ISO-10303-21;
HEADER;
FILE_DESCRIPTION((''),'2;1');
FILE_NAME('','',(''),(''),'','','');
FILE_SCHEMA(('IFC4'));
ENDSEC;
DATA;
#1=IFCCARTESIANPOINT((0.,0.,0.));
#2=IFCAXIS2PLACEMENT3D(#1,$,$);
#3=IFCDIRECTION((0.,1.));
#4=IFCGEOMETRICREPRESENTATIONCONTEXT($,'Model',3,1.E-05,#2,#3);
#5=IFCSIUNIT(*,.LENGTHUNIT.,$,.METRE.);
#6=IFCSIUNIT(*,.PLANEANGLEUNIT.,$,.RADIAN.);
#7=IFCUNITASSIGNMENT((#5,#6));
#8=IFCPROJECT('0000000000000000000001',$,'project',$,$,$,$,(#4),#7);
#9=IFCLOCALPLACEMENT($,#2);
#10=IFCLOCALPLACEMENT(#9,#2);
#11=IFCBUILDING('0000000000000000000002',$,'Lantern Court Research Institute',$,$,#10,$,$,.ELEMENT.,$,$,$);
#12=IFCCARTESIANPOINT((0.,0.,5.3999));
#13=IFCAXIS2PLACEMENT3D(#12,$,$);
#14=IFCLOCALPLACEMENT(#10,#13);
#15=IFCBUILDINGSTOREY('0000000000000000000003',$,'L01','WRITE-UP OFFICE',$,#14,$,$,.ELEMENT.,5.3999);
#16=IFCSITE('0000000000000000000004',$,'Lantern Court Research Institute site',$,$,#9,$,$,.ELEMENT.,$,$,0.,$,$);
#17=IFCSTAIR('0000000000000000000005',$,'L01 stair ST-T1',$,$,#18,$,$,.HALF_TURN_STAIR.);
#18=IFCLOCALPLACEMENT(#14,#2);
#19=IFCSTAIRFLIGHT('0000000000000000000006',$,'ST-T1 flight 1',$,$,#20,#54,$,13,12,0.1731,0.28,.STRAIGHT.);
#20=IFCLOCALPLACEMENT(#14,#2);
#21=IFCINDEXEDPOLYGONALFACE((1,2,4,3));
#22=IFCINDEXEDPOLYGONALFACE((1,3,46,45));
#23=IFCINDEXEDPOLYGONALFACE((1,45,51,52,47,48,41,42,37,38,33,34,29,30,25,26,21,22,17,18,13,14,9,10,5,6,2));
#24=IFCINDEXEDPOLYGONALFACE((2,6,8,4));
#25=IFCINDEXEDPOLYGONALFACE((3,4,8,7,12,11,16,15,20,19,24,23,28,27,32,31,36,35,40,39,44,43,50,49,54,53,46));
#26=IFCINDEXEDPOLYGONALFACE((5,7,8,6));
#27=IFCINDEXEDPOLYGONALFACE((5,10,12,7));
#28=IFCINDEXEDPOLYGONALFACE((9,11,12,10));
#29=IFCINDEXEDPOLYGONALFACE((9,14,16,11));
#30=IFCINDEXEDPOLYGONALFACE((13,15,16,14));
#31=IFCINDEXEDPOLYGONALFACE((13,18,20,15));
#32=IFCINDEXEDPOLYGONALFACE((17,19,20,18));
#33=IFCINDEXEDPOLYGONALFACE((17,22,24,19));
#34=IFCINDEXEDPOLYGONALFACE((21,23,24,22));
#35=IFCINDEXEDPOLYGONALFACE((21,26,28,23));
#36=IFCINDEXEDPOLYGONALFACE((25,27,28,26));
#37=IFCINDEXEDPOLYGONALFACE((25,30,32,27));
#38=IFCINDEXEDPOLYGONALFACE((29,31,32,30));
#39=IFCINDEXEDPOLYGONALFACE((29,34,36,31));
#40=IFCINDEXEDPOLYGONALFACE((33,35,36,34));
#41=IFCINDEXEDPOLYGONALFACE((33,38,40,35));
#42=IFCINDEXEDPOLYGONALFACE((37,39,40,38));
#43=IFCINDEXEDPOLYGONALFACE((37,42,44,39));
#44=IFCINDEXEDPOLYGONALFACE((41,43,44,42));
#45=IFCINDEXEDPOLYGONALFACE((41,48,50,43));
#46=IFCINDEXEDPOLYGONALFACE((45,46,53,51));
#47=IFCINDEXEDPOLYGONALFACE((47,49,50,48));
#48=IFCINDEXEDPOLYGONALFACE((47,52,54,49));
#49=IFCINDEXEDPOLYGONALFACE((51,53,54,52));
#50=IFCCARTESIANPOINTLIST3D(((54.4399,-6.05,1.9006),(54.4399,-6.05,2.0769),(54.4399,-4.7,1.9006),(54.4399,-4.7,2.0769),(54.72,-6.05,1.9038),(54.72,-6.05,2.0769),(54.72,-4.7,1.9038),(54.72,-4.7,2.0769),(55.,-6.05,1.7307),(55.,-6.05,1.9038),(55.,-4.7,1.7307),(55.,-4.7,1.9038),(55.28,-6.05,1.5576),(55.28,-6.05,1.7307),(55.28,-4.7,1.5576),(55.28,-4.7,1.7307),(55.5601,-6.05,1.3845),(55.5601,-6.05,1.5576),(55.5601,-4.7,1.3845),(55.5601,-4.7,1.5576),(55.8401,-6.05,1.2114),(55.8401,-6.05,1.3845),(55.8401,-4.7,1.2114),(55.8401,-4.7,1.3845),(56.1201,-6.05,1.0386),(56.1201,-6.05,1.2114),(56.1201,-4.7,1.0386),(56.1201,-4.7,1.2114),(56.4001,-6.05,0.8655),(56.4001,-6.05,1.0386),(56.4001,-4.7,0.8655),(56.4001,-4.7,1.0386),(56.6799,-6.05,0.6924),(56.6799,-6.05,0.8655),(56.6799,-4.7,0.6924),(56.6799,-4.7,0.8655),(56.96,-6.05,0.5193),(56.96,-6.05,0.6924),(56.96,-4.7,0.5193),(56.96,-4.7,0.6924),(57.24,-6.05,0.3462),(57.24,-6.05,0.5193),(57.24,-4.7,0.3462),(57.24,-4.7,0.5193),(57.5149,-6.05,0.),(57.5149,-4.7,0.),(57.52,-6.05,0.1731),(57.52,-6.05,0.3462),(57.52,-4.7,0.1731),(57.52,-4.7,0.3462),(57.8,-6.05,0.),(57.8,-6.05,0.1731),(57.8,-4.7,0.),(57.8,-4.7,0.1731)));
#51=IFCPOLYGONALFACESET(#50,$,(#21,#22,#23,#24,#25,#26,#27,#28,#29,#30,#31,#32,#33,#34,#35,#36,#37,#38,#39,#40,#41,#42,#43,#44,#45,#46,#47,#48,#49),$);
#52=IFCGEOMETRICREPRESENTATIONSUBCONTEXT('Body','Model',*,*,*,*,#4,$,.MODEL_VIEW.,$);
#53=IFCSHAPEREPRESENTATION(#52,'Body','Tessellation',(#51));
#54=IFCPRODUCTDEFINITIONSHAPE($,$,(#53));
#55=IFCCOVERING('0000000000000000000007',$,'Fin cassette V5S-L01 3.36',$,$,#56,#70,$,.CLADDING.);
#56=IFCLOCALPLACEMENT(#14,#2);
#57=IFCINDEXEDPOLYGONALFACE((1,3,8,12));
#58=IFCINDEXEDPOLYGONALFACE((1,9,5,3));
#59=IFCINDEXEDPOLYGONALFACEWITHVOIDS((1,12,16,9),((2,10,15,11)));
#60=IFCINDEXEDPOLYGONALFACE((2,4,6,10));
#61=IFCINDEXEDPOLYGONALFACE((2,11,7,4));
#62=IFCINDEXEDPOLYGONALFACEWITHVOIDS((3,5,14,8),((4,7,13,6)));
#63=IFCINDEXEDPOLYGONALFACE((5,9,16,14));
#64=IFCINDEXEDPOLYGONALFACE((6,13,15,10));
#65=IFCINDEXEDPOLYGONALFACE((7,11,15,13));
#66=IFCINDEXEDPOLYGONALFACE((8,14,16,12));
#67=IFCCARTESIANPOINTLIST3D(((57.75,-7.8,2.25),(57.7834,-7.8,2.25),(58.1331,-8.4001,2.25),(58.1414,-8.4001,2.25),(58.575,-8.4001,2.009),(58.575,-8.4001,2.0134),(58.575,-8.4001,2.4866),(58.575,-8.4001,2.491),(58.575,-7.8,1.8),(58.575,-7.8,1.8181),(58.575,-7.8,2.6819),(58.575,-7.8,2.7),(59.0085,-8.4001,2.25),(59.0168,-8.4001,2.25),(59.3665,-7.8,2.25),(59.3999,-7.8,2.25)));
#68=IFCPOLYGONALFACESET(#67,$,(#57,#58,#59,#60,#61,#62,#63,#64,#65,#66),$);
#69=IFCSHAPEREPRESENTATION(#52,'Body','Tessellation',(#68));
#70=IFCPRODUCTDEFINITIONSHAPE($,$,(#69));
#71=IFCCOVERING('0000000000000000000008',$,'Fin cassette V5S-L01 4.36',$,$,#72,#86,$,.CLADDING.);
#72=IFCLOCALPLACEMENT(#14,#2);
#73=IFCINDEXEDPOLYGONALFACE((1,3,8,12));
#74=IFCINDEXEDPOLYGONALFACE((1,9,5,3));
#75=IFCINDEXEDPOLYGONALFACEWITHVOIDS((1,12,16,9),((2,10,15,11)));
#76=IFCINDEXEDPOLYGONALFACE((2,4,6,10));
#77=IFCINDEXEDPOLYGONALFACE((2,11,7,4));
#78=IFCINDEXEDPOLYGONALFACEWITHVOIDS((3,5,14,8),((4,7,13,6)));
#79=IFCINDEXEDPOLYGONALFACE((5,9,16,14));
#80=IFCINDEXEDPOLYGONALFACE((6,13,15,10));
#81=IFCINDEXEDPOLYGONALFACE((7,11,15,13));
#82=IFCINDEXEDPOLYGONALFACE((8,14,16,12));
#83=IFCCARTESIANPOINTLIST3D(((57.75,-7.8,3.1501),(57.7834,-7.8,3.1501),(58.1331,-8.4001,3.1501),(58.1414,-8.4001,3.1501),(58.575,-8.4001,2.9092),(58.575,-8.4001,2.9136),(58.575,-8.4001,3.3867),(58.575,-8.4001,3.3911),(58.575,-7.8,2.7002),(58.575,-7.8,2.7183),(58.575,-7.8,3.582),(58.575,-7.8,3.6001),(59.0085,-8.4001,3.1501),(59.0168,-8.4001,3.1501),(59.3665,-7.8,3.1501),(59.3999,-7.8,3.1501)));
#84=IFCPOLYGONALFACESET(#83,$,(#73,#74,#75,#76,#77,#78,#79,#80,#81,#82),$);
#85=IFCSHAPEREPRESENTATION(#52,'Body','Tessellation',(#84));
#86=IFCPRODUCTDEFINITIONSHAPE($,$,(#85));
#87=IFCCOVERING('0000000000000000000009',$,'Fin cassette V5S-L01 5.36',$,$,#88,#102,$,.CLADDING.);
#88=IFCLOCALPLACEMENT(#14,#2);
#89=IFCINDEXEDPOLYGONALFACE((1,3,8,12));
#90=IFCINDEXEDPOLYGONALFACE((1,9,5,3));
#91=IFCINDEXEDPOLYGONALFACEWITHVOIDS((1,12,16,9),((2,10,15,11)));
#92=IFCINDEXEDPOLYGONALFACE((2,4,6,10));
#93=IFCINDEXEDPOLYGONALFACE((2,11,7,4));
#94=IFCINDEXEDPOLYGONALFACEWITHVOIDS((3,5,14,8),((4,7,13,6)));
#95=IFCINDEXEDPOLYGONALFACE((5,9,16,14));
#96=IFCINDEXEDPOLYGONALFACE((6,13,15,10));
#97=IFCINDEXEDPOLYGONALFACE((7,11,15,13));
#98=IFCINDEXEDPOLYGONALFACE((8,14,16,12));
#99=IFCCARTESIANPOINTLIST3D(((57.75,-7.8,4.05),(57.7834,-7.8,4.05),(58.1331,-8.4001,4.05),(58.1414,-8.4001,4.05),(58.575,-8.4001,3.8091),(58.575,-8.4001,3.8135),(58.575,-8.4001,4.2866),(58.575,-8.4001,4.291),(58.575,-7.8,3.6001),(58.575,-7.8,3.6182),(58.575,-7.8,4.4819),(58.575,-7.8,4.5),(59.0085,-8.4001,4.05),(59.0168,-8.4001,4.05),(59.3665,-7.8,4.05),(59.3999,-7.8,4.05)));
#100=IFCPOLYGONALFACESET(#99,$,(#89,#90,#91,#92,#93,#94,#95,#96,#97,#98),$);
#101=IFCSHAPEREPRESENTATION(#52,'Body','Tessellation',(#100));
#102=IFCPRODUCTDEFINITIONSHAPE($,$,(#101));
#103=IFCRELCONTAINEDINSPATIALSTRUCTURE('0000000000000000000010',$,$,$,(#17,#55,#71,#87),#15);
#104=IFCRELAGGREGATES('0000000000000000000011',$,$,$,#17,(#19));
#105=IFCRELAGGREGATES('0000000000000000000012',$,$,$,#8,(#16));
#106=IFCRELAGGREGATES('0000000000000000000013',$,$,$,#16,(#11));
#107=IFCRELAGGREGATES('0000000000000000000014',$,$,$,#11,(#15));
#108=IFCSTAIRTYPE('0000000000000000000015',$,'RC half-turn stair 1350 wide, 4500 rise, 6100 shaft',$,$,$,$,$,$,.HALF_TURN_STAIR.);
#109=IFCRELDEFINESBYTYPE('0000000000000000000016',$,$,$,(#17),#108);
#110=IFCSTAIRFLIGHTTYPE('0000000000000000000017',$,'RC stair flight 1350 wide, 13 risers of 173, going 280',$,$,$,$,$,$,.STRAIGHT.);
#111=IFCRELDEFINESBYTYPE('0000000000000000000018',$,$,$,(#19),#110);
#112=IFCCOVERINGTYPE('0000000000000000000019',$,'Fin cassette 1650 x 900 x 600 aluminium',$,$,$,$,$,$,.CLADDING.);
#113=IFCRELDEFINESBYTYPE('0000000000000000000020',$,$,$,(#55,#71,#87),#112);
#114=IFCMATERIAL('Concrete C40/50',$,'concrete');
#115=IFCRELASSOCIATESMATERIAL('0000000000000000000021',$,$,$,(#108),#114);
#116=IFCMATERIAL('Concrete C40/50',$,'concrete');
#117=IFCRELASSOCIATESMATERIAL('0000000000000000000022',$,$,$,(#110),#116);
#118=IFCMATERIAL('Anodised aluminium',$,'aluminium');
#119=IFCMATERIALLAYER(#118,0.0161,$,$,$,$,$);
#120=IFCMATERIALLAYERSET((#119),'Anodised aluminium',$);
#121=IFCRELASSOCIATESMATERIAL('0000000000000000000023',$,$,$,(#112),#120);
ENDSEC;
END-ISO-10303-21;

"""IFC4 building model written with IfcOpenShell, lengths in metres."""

from ifc_helpers import new_model, entity, si_unit, direction, frame, origin, place, context, subcontext, project, spatial, polyline, outline, extrude, material, layer, layer_set, type_object, element, aggregate, save


model = new_model("IFC4")

# Units and contexts
model_context = context("Model", 3, precision=1e-05, world=origin(), true_north=direction((0.0, 1.0)))
body_context = subcontext(model_context, "Body", "Model", "MODEL_VIEW")
ifc_project = project(units=[si_unit("LENGTHUNIT", "METRE"), si_unit("PLANEANGLEUNIT", "RADIAN")], contexts=[model_context])

# Site, building, storey
site_placement = place(None, origin())
site = spatial("IfcSite", under=ifc_project, at=site_placement, Name="Lantern Court Research Institute site", CompositionType="ELEMENT", RefElevation=0.0)
building_placement = place(site_placement, origin())
building = spatial("IfcBuilding", under=site, at=building_placement, Name="Lantern Court Research Institute", CompositionType="ELEMENT")
storey_placement = place(building_placement, frame((0.0, 0.0, 5.3999)))
storey = spatial("IfcBuildingStorey", under=building, at=storey_placement, Name="L01", Description="WRITE-UP OFFICE", CompositionType="ELEMENT", Elevation=5.3999)

# Stair, stair flight
ifc_material_1 = material(Name="Concrete C40/50", Category="concrete")
stair_type = type_object("IfcStairType", Name="RC half-turn stair 1350 wide, 4500 rise, 6100 shaft", PredefinedType="HALF_TURN_STAIR", material=ifc_material_1)
stair_placement = place(storey_placement, origin())
stair = element("IfcStair", 1, at=stair_placement, inside=storey, type_object=stair_type, Name="L01 stair ST-T1", PredefinedType="HALF_TURN_STAIR")
ifc_material_2 = material(Name="Concrete C40/50", Category="concrete")
stair_flight_type = type_object("IfcStairFlightType", Name="RC stair flight 1350 wide, 13 risers of 173, going 280", PredefinedType="STRAIGHT", material=ifc_material_2)
stair_flight_placement = place(storey_placement, frame((57.8, -5.375, 0.0), z_axis=(0.0, 0.0, 1.0), x_axis=(-1.0, 0.0, 0.0)))
stair_flight = element("IfcStairFlight", 2, at=stair_flight_placement, type_object=stair_flight_type, Name="ST-T1 flight 1", NumberOfRisers=13, NumberOfTreads=12, PredefinedType="STRAIGHT", RiserHeight=0.1731, TreadLength=0.28, context=body_context, shape_type="SweptSolid", body=[
    extrude(outline(polyline([(0.0, 0.0), (0.0, 0.1731), (0.28, 0.1731), (0.28, 0.3462), (0.5601, 0.3462), (0.5601, 0.5193), (0.8401, 0.5193), (0.8401, 0.6924), (1.1201, 0.6924), (1.1201, 0.8655), (1.3999, 0.8655), (1.3999, 1.0386), (1.6799, 1.0386), (1.6799, 1.2114), (1.96, 1.2114), (1.96, 1.3845), (2.24, 1.3845), (2.24, 1.5576), (2.52, 1.5576), (2.52, 1.7307), (2.8, 1.7307), (2.8, 1.9038), (3.0801, 1.9038), (3.0801, 2.0769), (3.3601, 2.0769), (3.3601, 2.25), (3.3601, 1.9006), (0.2852, 0.0), (0.0, 0.0)])), frame((0.0, 0.675, 0.0), z_axis=(0.0, -1.0, 0.0), x_axis=(1.0, 0.0, 0.0)), (0.0, 0.0, 1.0), 1.3501),
])
aggregate(stair, [stair_flight])

# Coverings
ifc_material_3 = material(Name="Anodised aluminium", Category="aluminium")
ifc_layer_1 = layer(ifc_material_3, 0.0161)
ifc_layer_set_1 = layer_set([ifc_layer_1], Name="Anodised aluminium")
covering_type = type_object("IfcCoveringType", Name="Fin cassette 1650 x 900 x 600 aluminium", PredefinedType="CLADDING", material=ifc_layer_set_1)
covering_1_placement = place(storey_placement, frame((58.575, -7.8, 2.25), z_axis=(0.0, -1.0, 0.0), x_axis=(1.0, 0.0, 0.0)))
cartesian_point_1 = entity("IfcCartesianPoint", [0.825, 0.0])
cartesian_point_2 = entity("IfcCartesianPoint", [0.7915, 0.0])
cartesian_point_3 = entity("IfcCartesianPoint", [0.4419, 0.0])
cartesian_point_4 = entity("IfcCartesianPoint", [0.4336, 0.0])
element("IfcCovering", 3, at=covering_1_placement, inside=storey, type_object=covering_type, Name="Fin cassette V5S-L01 3.36", PredefinedType="CLADDING", context=body_context, shape_type="SweptSolid", body=[
    entity("IfcExtrudedAreaSolidTapered", entity("IfcArbitraryProfileDefWithVoids", "AREA", None, entity("IfcPolyline", [cartesian_point_1, entity("IfcCartesianPoint", [0.0, 0.45]), entity("IfcCartesianPoint", [-0.825, 0.0]), entity("IfcCartesianPoint", [0.0, -0.45]), cartesian_point_1]), [entity("IfcPolyline", [cartesian_point_2, entity("IfcCartesianPoint", [0.0, 0.4319]), entity("IfcCartesianPoint", [-0.7915, 0.0]), entity("IfcCartesianPoint", [0.0, -0.4319]), cartesian_point_2])]), entity("IfcAxis2Placement3D", entity("IfcCartesianPoint", [0.0, 0.0, 0.0])), entity("IfcDirection", [0.0, 0.0, 1.0]), 0.6001, entity("IfcArbitraryProfileDefWithVoids", "AREA", None, entity("IfcPolyline", [cartesian_point_3, entity("IfcCartesianPoint", [0.0, 0.241]), entity("IfcCartesianPoint", [-0.4419, 0.0]), entity("IfcCartesianPoint", [0.0, -0.241]), cartesian_point_3]), [entity("IfcPolyline", [cartesian_point_4, entity("IfcCartesianPoint", [0.0, 0.2366]), entity("IfcCartesianPoint", [-0.4336, 0.0]), entity("IfcCartesianPoint", [0.0, -0.2366]), cartesian_point_4])])),
])
covering_2_placement = place(storey_placement, frame((58.575, -7.8, 3.1501), z_axis=(0.0, -1.0, 0.0), x_axis=(1.0, 0.0, 0.0)))
cartesian_point_5 = entity("IfcCartesianPoint", [0.825, 0.0])
cartesian_point_6 = entity("IfcCartesianPoint", [0.7915, 0.0])
cartesian_point_7 = entity("IfcCartesianPoint", [0.4419, 0.0])
cartesian_point_8 = entity("IfcCartesianPoint", [0.4336, 0.0])
element("IfcCovering", 4, at=covering_2_placement, inside=storey, type_object=covering_type, Name="Fin cassette V5S-L01 4.36", PredefinedType="CLADDING", context=body_context, shape_type="SweptSolid", body=[
    entity("IfcExtrudedAreaSolidTapered", entity("IfcArbitraryProfileDefWithVoids", "AREA", None, entity("IfcPolyline", [cartesian_point_5, entity("IfcCartesianPoint", [0.0, 0.45]), entity("IfcCartesianPoint", [-0.825, 0.0]), entity("IfcCartesianPoint", [0.0, -0.45]), cartesian_point_5]), [entity("IfcPolyline", [cartesian_point_6, entity("IfcCartesianPoint", [0.0, 0.4319]), entity("IfcCartesianPoint", [-0.7915, 0.0]), entity("IfcCartesianPoint", [0.0, -0.4319]), cartesian_point_6])]), entity("IfcAxis2Placement3D", entity("IfcCartesianPoint", [0.0, 0.0, 0.0])), entity("IfcDirection", [0.0, 0.0, 1.0]), 0.6001, entity("IfcArbitraryProfileDefWithVoids", "AREA", None, entity("IfcPolyline", [cartesian_point_7, entity("IfcCartesianPoint", [0.0, 0.241]), entity("IfcCartesianPoint", [-0.4419, 0.0]), entity("IfcCartesianPoint", [0.0, -0.241]), cartesian_point_7]), [entity("IfcPolyline", [cartesian_point_8, entity("IfcCartesianPoint", [0.0, 0.2366]), entity("IfcCartesianPoint", [-0.4336, 0.0]), entity("IfcCartesianPoint", [0.0, -0.2366]), cartesian_point_8])])),
])
covering_3_placement = place(storey_placement, frame((58.575, -7.8, 4.05), z_axis=(0.0, -1.0, 0.0), x_axis=(1.0, 0.0, 0.0)))
cartesian_point_9 = entity("IfcCartesianPoint", [0.825, 0.0])
cartesian_point_10 = entity("IfcCartesianPoint", [0.7915, 0.0])
cartesian_point_11 = entity("IfcCartesianPoint", [0.4419, 0.0])
cartesian_point_12 = entity("IfcCartesianPoint", [0.4336, 0.0])
element("IfcCovering", 5, at=covering_3_placement, inside=storey, type_object=covering_type, Name="Fin cassette V5S-L01 5.36", PredefinedType="CLADDING", context=body_context, shape_type="SweptSolid", body=[
    entity("IfcExtrudedAreaSolidTapered", entity("IfcArbitraryProfileDefWithVoids", "AREA", None, entity("IfcPolyline", [cartesian_point_9, entity("IfcCartesianPoint", [0.0, 0.45]), entity("IfcCartesianPoint", [-0.825, 0.0]), entity("IfcCartesianPoint", [0.0, -0.45]), cartesian_point_9]), [entity("IfcPolyline", [cartesian_point_10, entity("IfcCartesianPoint", [0.0, 0.4319]), entity("IfcCartesianPoint", [-0.7915, 0.0]), entity("IfcCartesianPoint", [0.0, -0.4319]), cartesian_point_10])]), entity("IfcAxis2Placement3D", entity("IfcCartesianPoint", [0.0, 0.0, 0.0])), entity("IfcDirection", [0.0, 0.0, 1.0]), 0.6001, entity("IfcArbitraryProfileDefWithVoids", "AREA", None, entity("IfcPolyline", [cartesian_point_11, entity("IfcCartesianPoint", [0.0, 0.241]), entity("IfcCartesianPoint", [-0.4419, 0.0]), entity("IfcCartesianPoint", [0.0, -0.241]), cartesian_point_11]), [entity("IfcPolyline", [cartesian_point_12, entity("IfcCartesianPoint", [0.0, 0.2366]), entity("IfcCartesianPoint", [-0.4336, 0.0]), entity("IfcCartesianPoint", [0.0, -0.2366]), cartesian_point_12])])),
])

save(model, "model.ifc")
